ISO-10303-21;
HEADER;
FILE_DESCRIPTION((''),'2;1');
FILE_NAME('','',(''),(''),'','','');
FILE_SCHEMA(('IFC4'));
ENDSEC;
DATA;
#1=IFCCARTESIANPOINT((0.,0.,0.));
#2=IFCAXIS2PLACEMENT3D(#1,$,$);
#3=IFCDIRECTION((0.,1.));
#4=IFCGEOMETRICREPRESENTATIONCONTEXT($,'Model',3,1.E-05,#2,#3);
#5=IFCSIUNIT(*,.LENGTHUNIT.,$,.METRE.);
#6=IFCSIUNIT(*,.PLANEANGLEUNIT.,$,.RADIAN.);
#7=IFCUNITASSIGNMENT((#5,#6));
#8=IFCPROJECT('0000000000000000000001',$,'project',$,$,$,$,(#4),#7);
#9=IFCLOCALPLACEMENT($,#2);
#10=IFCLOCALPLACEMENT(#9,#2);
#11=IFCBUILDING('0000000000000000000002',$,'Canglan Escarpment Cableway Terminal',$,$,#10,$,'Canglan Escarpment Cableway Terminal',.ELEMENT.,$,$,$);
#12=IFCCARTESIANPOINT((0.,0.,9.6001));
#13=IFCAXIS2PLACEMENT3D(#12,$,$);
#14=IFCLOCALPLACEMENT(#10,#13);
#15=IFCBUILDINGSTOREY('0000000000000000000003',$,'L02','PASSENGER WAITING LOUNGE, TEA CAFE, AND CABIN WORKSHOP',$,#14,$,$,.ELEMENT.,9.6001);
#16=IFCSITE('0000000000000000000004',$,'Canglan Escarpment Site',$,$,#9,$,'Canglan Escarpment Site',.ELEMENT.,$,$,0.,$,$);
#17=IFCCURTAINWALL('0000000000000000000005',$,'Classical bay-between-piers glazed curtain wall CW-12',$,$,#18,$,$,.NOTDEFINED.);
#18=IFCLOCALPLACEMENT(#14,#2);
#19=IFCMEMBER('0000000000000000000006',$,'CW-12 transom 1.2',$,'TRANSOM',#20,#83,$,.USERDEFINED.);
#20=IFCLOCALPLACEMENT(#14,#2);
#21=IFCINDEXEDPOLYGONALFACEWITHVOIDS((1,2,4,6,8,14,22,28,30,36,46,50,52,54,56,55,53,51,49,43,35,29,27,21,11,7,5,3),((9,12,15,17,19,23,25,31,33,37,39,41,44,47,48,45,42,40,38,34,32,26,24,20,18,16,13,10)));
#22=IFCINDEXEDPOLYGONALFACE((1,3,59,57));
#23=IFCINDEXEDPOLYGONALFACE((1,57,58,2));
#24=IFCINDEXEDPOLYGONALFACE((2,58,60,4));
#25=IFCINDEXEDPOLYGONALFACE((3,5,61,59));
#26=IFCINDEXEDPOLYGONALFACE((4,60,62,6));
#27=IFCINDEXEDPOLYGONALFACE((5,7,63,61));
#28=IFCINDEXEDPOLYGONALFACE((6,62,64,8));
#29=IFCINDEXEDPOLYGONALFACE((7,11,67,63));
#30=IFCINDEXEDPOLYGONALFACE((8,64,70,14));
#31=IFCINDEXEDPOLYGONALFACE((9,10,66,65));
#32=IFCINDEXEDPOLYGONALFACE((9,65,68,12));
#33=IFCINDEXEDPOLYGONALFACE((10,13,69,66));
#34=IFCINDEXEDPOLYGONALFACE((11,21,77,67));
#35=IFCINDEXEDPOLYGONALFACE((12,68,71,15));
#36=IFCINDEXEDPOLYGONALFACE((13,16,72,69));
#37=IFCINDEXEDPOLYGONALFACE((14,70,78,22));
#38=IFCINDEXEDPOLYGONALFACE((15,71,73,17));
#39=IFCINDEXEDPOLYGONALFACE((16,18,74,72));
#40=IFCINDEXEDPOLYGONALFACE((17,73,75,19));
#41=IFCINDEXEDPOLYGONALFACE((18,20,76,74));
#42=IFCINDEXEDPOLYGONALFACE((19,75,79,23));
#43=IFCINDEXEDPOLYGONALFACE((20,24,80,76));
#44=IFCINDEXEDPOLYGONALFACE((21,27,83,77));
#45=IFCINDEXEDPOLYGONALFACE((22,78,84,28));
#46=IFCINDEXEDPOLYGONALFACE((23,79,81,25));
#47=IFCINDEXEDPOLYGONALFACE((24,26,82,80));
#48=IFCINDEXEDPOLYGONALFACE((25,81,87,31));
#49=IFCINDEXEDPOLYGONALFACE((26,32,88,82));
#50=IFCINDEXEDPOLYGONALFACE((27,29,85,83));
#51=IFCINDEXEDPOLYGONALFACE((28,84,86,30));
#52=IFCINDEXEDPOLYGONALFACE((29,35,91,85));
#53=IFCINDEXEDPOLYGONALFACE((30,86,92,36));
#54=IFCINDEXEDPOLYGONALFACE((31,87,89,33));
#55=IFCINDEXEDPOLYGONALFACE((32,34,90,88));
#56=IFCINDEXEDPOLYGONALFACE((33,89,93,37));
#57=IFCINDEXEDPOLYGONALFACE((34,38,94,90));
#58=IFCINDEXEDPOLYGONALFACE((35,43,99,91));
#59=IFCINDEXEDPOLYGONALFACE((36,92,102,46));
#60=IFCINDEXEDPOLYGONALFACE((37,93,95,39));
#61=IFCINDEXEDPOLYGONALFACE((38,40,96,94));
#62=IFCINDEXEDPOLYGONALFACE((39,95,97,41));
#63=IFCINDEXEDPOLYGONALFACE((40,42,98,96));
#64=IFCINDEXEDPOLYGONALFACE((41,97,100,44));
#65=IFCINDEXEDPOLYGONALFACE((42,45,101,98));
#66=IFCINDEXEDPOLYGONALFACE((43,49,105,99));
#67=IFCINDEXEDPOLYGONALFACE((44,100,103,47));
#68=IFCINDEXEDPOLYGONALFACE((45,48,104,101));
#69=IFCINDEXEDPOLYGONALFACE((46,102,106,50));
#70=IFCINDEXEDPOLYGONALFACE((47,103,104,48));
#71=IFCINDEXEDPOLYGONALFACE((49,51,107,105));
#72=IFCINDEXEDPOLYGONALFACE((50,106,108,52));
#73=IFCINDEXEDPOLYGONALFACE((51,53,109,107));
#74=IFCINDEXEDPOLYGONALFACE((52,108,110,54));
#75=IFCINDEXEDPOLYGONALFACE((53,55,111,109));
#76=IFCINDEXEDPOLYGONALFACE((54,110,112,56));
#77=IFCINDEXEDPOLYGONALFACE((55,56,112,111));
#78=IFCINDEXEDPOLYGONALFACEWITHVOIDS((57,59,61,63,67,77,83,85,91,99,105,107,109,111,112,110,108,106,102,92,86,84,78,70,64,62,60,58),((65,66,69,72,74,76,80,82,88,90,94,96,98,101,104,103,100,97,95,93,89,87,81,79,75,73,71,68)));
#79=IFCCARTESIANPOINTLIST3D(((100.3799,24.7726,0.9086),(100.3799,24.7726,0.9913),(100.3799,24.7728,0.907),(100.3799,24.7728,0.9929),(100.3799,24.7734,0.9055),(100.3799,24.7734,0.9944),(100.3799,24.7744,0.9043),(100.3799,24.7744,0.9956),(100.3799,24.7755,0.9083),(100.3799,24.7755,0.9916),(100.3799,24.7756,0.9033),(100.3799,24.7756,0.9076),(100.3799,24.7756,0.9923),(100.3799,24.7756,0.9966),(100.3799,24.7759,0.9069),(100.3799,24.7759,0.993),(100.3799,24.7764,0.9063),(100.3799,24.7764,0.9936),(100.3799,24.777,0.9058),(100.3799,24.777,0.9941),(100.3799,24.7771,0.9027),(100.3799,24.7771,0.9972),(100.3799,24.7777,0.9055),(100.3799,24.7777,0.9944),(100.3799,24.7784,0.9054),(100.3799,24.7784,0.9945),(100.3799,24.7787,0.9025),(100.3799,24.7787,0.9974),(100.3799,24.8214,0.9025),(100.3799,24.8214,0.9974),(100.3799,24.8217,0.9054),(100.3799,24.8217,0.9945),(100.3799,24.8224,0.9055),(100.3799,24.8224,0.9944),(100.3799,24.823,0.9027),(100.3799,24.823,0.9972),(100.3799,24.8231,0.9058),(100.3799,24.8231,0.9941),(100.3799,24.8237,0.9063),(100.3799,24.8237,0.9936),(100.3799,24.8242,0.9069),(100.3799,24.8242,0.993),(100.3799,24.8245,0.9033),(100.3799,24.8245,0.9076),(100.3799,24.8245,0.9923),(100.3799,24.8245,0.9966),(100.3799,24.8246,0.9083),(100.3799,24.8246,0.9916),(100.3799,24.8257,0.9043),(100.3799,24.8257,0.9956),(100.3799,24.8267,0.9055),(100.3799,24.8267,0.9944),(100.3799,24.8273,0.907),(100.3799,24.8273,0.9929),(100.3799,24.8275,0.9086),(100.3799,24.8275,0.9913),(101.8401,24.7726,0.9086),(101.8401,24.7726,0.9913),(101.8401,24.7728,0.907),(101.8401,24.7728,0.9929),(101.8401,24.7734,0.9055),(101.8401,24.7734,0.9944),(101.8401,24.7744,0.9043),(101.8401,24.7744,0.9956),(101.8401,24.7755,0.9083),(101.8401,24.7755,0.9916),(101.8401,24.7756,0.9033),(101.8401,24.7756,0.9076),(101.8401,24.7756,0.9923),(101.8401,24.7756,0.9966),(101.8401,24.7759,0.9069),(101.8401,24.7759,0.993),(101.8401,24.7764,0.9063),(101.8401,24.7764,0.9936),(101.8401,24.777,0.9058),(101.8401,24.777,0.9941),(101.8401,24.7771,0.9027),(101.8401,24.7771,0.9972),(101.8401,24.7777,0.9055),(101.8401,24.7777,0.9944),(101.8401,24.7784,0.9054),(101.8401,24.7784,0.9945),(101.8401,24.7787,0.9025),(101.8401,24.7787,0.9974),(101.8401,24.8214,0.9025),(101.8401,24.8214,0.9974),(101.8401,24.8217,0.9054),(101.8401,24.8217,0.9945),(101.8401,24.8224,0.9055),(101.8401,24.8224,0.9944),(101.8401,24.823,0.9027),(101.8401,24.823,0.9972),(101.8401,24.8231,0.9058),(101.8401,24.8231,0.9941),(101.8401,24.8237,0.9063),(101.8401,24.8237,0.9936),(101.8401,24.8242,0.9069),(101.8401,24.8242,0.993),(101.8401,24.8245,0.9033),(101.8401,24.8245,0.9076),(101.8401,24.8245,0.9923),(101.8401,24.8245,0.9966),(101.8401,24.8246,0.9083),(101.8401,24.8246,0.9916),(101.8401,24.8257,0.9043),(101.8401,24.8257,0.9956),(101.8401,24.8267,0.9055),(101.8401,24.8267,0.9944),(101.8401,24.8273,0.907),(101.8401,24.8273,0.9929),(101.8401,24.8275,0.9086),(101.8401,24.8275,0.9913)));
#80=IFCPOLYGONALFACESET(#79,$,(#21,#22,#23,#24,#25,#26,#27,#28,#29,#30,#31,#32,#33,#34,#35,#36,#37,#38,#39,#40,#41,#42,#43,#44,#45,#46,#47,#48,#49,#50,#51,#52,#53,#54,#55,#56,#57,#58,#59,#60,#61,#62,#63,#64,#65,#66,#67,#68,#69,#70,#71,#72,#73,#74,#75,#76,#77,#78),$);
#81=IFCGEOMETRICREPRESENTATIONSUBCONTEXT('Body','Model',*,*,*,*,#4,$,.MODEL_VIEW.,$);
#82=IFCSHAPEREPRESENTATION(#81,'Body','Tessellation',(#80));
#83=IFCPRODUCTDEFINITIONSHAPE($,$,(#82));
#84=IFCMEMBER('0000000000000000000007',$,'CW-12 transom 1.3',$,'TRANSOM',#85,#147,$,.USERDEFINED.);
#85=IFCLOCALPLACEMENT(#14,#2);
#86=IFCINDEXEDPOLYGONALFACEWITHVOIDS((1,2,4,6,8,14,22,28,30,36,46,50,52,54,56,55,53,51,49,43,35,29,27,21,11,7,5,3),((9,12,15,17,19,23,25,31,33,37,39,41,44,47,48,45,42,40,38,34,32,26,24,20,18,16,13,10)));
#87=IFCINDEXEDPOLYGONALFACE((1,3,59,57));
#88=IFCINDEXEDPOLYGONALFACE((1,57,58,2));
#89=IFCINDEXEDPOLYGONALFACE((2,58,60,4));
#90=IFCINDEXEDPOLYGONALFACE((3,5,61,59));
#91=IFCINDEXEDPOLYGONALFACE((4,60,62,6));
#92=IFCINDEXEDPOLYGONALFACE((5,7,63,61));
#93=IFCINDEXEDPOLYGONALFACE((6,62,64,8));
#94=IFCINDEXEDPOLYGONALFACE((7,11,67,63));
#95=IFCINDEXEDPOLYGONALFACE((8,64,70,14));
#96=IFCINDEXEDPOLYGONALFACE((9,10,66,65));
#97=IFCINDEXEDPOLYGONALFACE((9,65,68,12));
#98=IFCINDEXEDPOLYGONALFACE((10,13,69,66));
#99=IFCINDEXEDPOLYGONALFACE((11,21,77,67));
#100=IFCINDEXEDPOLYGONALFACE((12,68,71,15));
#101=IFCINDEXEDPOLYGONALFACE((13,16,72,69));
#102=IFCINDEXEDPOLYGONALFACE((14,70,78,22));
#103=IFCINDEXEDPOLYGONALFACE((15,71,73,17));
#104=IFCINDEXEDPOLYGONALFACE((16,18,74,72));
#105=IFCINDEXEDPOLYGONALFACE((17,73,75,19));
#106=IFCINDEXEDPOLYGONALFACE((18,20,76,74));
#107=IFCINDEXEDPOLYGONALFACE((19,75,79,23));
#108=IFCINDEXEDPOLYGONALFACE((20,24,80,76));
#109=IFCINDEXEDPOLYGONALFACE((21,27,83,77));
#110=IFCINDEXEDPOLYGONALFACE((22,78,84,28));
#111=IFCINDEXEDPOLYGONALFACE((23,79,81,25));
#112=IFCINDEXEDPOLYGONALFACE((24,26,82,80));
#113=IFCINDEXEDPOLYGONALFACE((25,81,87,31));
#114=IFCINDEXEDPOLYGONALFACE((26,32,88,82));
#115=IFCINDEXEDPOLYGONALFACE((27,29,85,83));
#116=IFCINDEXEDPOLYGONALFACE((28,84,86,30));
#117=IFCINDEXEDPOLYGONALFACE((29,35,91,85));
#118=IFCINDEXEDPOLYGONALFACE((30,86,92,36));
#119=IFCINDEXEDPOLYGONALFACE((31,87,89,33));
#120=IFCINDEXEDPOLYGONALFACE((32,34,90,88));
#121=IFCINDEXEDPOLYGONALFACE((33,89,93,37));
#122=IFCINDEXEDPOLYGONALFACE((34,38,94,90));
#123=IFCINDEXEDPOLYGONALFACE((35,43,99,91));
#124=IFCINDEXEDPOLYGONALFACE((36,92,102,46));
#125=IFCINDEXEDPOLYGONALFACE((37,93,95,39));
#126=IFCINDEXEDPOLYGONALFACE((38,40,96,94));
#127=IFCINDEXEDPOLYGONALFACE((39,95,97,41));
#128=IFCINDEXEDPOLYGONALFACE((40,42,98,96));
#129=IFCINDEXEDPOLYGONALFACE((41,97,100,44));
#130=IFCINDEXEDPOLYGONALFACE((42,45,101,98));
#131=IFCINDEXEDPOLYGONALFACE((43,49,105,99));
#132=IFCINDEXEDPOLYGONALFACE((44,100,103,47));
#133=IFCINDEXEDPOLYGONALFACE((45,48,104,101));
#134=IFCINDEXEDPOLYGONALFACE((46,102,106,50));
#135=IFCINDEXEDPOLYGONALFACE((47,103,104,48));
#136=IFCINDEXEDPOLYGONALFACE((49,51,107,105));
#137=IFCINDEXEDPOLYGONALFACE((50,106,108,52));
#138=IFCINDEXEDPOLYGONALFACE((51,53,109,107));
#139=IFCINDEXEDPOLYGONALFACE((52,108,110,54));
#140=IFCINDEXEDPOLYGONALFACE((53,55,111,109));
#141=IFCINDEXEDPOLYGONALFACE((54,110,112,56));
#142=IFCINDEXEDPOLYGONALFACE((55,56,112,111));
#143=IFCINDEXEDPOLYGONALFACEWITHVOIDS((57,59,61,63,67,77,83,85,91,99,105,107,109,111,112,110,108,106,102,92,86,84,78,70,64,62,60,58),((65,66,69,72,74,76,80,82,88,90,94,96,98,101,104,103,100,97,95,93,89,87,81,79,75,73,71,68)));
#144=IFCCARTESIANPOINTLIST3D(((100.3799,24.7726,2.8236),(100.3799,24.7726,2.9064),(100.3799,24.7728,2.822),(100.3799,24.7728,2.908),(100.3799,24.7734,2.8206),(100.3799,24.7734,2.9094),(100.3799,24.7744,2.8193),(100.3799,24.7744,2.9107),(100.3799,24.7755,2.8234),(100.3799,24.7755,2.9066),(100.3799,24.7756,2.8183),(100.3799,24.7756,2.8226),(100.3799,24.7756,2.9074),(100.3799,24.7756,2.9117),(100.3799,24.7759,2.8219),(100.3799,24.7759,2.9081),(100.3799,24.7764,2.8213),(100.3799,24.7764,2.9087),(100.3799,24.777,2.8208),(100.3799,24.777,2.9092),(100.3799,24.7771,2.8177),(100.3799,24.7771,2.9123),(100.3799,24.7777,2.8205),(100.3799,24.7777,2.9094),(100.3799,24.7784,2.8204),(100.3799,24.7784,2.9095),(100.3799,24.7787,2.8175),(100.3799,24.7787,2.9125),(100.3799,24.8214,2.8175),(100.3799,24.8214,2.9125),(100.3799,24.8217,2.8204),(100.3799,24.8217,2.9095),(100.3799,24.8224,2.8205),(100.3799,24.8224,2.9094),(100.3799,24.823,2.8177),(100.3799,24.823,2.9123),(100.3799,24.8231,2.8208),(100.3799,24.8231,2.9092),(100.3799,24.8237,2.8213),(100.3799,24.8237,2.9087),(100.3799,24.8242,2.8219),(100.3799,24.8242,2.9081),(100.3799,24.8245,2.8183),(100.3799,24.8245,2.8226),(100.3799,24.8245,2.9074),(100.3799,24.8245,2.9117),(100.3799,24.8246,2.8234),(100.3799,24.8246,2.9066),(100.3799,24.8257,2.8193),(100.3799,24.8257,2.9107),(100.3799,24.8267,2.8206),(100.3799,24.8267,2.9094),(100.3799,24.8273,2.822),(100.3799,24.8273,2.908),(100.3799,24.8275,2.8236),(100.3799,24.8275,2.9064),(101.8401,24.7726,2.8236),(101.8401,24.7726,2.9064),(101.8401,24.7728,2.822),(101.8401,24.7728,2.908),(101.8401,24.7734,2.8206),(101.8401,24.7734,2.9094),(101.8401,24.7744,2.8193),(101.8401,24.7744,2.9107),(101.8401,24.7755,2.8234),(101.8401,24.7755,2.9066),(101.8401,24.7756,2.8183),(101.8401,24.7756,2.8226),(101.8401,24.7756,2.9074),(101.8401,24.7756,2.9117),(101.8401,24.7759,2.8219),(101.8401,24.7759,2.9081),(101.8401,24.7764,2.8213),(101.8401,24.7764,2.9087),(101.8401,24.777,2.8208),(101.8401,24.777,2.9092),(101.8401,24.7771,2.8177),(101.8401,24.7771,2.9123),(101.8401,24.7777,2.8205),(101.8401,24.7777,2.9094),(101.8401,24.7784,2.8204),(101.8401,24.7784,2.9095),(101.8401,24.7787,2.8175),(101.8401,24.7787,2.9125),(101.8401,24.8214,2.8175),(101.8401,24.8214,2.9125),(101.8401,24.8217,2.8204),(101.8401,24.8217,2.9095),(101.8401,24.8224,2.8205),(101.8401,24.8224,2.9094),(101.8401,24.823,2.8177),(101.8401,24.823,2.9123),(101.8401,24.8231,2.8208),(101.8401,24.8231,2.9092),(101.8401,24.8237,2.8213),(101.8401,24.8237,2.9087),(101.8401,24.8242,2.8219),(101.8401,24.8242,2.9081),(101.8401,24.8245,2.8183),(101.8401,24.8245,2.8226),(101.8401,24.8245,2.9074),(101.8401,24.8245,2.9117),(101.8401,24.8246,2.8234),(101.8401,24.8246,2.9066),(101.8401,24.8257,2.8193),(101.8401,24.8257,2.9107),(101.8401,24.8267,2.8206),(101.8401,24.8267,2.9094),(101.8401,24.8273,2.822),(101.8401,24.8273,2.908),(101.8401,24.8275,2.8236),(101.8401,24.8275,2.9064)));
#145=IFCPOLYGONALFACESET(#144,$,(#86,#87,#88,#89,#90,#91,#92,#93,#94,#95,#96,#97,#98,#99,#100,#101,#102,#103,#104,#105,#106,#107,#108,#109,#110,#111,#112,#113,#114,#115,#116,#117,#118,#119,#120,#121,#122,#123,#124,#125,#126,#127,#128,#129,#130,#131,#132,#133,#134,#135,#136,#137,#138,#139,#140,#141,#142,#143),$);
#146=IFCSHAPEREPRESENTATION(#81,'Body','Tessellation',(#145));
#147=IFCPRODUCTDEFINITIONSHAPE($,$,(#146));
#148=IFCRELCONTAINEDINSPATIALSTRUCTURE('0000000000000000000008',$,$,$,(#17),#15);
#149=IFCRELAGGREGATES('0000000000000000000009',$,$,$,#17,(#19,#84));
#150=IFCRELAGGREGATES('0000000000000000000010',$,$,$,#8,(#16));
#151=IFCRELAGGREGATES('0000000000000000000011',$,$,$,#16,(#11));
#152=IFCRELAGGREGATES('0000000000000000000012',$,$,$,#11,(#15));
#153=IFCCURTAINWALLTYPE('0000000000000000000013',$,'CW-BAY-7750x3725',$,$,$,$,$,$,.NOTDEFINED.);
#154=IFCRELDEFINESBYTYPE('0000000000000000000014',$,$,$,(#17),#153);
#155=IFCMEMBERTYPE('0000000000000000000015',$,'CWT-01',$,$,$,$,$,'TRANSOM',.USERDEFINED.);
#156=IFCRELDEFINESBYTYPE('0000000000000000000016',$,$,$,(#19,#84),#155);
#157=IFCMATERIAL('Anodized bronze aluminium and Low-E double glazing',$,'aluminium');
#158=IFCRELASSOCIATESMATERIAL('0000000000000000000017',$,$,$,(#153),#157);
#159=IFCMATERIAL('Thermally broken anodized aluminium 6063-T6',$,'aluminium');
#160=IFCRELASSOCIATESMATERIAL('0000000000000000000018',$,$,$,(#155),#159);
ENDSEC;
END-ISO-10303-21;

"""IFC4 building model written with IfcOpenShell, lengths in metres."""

from ifc_helpers import new_model, si_unit, direction, frame, origin, origin_2d, place, context, subcontext, project, spatial, hollow_rectangle, extrude, material, material_profile, profile_set, type_object, element, aggregate, save


model = new_model("IFC4")

# Units and contexts
model_context = context("Model", 3, precision=1e-05, world=origin(), true_north=direction((0.0, 1.0)))
body_context = subcontext(model_context, "Body", "Model", "MODEL_VIEW")
ifc_project = project(units=[si_unit("LENGTHUNIT", "METRE"), si_unit("PLANEANGLEUNIT", "RADIAN")], contexts=[model_context])

# Site, building, storey
site_placement = place(None, origin())
site = spatial("IfcSite", under=ifc_project, at=site_placement, Name="Canglan Escarpment Site", LongName="Canglan Escarpment Site", CompositionType="ELEMENT", RefElevation=0.0)
building_placement = place(site_placement, origin())
building = spatial("IfcBuilding", under=site, at=building_placement, Name="Canglan Escarpment Cableway Terminal", LongName="Canglan Escarpment Cableway Terminal", CompositionType="ELEMENT")
storey_placement = place(building_placement, frame((0.0, 0.0, 9.6001)))
storey = spatial("IfcBuildingStorey", under=building, at=storey_placement, Name="L02", Description="PASSENGER WAITING LOUNGE, TEA CAFE, AND CABIN WORKSHOP", CompositionType="ELEMENT", Elevation=9.6001)

# Curtain wall
ifc_material_1 = material(Name="Anodized bronze aluminium and Low-E double glazing", Category="aluminium")
curtain_wall_type = type_object("IfcCurtainWallType", Name="CW-BAY-7750x3725", PredefinedType="NOTDEFINED", material=ifc_material_1)
curtain_wall_1_placement = place(storey_placement, origin())
curtain_wall_1 = element("IfcCurtainWall", 1, at=curtain_wall_1_placement, inside=storey, type_object=curtain_wall_type, Name="Classical bay-between-piers glazed curtain wall CW-12", PredefinedType="NOTDEFINED")
ifc_material_2 = material(Name="Thermally broken anodized aluminium 6063-T6", Category="aluminium")

# Members
ifc_material_profile_1 = material_profile(ifc_material_2, hollow_rectangle(XDim=0.0549, YDim=0.095, WallThickness=0.0029, InnerFilletRadius=0.0029, OuterFilletRadius=0.0061, at=origin_2d()), Name="ALU-TRAN 55x95x3")
ifc_profile_set_1 = profile_set([ifc_material_profile_1], Name="Thermally broken anodized aluminium 6063-T6")
member_type_1 = type_object("IfcMemberType", Name="CWT-01", ElementType="TRANSOM", PredefinedType="USERDEFINED", material=ifc_profile_set_1)
member_1_placement = place(storey_placement, frame((101.8401, 24.8, 0.95), z_axis=(-1.0, 0.0, 0.0), x_axis=(0.0, -1.0, 0.0)))
member_1 = element("IfcMember", 2, at=member_1_placement, type_object=member_type_1, Name="CW-12 transom 1.2", ObjectType="TRANSOM", PredefinedType="USERDEFINED", context=body_context, shape_type="SweptSolid", body=[
    extrude(hollow_rectangle(XDim=0.0549, YDim=0.095, WallThickness=0.0029, InnerFilletRadius=0.0029, OuterFilletRadius=0.0061, at=origin_2d()), origin(), (0.0, 0.0, 1.0), 1.4602),
])
member_2_placement = place(storey_placement, frame((101.8401, 24.8, 2.865), z_axis=(-1.0, 0.0, 0.0), x_axis=(0.0, -1.0, 0.0)))
member_2 = element("IfcMember", 3, at=member_2_placement, type_object=member_type_1, Name="CW-12 transom 1.3", ObjectType="TRANSOM", PredefinedType="USERDEFINED", context=body_context, shape_type="SweptSolid", body=[
    extrude(hollow_rectangle(XDim=0.0549, YDim=0.095, WallThickness=0.0029, InnerFilletRadius=0.0029, OuterFilletRadius=0.0061, at=origin_2d()), origin(), (0.0, 0.0, 1.0), 1.4602),
])

aggregate(curtain_wall_1, [member_1, member_2])

save(model, "model.ifc")
